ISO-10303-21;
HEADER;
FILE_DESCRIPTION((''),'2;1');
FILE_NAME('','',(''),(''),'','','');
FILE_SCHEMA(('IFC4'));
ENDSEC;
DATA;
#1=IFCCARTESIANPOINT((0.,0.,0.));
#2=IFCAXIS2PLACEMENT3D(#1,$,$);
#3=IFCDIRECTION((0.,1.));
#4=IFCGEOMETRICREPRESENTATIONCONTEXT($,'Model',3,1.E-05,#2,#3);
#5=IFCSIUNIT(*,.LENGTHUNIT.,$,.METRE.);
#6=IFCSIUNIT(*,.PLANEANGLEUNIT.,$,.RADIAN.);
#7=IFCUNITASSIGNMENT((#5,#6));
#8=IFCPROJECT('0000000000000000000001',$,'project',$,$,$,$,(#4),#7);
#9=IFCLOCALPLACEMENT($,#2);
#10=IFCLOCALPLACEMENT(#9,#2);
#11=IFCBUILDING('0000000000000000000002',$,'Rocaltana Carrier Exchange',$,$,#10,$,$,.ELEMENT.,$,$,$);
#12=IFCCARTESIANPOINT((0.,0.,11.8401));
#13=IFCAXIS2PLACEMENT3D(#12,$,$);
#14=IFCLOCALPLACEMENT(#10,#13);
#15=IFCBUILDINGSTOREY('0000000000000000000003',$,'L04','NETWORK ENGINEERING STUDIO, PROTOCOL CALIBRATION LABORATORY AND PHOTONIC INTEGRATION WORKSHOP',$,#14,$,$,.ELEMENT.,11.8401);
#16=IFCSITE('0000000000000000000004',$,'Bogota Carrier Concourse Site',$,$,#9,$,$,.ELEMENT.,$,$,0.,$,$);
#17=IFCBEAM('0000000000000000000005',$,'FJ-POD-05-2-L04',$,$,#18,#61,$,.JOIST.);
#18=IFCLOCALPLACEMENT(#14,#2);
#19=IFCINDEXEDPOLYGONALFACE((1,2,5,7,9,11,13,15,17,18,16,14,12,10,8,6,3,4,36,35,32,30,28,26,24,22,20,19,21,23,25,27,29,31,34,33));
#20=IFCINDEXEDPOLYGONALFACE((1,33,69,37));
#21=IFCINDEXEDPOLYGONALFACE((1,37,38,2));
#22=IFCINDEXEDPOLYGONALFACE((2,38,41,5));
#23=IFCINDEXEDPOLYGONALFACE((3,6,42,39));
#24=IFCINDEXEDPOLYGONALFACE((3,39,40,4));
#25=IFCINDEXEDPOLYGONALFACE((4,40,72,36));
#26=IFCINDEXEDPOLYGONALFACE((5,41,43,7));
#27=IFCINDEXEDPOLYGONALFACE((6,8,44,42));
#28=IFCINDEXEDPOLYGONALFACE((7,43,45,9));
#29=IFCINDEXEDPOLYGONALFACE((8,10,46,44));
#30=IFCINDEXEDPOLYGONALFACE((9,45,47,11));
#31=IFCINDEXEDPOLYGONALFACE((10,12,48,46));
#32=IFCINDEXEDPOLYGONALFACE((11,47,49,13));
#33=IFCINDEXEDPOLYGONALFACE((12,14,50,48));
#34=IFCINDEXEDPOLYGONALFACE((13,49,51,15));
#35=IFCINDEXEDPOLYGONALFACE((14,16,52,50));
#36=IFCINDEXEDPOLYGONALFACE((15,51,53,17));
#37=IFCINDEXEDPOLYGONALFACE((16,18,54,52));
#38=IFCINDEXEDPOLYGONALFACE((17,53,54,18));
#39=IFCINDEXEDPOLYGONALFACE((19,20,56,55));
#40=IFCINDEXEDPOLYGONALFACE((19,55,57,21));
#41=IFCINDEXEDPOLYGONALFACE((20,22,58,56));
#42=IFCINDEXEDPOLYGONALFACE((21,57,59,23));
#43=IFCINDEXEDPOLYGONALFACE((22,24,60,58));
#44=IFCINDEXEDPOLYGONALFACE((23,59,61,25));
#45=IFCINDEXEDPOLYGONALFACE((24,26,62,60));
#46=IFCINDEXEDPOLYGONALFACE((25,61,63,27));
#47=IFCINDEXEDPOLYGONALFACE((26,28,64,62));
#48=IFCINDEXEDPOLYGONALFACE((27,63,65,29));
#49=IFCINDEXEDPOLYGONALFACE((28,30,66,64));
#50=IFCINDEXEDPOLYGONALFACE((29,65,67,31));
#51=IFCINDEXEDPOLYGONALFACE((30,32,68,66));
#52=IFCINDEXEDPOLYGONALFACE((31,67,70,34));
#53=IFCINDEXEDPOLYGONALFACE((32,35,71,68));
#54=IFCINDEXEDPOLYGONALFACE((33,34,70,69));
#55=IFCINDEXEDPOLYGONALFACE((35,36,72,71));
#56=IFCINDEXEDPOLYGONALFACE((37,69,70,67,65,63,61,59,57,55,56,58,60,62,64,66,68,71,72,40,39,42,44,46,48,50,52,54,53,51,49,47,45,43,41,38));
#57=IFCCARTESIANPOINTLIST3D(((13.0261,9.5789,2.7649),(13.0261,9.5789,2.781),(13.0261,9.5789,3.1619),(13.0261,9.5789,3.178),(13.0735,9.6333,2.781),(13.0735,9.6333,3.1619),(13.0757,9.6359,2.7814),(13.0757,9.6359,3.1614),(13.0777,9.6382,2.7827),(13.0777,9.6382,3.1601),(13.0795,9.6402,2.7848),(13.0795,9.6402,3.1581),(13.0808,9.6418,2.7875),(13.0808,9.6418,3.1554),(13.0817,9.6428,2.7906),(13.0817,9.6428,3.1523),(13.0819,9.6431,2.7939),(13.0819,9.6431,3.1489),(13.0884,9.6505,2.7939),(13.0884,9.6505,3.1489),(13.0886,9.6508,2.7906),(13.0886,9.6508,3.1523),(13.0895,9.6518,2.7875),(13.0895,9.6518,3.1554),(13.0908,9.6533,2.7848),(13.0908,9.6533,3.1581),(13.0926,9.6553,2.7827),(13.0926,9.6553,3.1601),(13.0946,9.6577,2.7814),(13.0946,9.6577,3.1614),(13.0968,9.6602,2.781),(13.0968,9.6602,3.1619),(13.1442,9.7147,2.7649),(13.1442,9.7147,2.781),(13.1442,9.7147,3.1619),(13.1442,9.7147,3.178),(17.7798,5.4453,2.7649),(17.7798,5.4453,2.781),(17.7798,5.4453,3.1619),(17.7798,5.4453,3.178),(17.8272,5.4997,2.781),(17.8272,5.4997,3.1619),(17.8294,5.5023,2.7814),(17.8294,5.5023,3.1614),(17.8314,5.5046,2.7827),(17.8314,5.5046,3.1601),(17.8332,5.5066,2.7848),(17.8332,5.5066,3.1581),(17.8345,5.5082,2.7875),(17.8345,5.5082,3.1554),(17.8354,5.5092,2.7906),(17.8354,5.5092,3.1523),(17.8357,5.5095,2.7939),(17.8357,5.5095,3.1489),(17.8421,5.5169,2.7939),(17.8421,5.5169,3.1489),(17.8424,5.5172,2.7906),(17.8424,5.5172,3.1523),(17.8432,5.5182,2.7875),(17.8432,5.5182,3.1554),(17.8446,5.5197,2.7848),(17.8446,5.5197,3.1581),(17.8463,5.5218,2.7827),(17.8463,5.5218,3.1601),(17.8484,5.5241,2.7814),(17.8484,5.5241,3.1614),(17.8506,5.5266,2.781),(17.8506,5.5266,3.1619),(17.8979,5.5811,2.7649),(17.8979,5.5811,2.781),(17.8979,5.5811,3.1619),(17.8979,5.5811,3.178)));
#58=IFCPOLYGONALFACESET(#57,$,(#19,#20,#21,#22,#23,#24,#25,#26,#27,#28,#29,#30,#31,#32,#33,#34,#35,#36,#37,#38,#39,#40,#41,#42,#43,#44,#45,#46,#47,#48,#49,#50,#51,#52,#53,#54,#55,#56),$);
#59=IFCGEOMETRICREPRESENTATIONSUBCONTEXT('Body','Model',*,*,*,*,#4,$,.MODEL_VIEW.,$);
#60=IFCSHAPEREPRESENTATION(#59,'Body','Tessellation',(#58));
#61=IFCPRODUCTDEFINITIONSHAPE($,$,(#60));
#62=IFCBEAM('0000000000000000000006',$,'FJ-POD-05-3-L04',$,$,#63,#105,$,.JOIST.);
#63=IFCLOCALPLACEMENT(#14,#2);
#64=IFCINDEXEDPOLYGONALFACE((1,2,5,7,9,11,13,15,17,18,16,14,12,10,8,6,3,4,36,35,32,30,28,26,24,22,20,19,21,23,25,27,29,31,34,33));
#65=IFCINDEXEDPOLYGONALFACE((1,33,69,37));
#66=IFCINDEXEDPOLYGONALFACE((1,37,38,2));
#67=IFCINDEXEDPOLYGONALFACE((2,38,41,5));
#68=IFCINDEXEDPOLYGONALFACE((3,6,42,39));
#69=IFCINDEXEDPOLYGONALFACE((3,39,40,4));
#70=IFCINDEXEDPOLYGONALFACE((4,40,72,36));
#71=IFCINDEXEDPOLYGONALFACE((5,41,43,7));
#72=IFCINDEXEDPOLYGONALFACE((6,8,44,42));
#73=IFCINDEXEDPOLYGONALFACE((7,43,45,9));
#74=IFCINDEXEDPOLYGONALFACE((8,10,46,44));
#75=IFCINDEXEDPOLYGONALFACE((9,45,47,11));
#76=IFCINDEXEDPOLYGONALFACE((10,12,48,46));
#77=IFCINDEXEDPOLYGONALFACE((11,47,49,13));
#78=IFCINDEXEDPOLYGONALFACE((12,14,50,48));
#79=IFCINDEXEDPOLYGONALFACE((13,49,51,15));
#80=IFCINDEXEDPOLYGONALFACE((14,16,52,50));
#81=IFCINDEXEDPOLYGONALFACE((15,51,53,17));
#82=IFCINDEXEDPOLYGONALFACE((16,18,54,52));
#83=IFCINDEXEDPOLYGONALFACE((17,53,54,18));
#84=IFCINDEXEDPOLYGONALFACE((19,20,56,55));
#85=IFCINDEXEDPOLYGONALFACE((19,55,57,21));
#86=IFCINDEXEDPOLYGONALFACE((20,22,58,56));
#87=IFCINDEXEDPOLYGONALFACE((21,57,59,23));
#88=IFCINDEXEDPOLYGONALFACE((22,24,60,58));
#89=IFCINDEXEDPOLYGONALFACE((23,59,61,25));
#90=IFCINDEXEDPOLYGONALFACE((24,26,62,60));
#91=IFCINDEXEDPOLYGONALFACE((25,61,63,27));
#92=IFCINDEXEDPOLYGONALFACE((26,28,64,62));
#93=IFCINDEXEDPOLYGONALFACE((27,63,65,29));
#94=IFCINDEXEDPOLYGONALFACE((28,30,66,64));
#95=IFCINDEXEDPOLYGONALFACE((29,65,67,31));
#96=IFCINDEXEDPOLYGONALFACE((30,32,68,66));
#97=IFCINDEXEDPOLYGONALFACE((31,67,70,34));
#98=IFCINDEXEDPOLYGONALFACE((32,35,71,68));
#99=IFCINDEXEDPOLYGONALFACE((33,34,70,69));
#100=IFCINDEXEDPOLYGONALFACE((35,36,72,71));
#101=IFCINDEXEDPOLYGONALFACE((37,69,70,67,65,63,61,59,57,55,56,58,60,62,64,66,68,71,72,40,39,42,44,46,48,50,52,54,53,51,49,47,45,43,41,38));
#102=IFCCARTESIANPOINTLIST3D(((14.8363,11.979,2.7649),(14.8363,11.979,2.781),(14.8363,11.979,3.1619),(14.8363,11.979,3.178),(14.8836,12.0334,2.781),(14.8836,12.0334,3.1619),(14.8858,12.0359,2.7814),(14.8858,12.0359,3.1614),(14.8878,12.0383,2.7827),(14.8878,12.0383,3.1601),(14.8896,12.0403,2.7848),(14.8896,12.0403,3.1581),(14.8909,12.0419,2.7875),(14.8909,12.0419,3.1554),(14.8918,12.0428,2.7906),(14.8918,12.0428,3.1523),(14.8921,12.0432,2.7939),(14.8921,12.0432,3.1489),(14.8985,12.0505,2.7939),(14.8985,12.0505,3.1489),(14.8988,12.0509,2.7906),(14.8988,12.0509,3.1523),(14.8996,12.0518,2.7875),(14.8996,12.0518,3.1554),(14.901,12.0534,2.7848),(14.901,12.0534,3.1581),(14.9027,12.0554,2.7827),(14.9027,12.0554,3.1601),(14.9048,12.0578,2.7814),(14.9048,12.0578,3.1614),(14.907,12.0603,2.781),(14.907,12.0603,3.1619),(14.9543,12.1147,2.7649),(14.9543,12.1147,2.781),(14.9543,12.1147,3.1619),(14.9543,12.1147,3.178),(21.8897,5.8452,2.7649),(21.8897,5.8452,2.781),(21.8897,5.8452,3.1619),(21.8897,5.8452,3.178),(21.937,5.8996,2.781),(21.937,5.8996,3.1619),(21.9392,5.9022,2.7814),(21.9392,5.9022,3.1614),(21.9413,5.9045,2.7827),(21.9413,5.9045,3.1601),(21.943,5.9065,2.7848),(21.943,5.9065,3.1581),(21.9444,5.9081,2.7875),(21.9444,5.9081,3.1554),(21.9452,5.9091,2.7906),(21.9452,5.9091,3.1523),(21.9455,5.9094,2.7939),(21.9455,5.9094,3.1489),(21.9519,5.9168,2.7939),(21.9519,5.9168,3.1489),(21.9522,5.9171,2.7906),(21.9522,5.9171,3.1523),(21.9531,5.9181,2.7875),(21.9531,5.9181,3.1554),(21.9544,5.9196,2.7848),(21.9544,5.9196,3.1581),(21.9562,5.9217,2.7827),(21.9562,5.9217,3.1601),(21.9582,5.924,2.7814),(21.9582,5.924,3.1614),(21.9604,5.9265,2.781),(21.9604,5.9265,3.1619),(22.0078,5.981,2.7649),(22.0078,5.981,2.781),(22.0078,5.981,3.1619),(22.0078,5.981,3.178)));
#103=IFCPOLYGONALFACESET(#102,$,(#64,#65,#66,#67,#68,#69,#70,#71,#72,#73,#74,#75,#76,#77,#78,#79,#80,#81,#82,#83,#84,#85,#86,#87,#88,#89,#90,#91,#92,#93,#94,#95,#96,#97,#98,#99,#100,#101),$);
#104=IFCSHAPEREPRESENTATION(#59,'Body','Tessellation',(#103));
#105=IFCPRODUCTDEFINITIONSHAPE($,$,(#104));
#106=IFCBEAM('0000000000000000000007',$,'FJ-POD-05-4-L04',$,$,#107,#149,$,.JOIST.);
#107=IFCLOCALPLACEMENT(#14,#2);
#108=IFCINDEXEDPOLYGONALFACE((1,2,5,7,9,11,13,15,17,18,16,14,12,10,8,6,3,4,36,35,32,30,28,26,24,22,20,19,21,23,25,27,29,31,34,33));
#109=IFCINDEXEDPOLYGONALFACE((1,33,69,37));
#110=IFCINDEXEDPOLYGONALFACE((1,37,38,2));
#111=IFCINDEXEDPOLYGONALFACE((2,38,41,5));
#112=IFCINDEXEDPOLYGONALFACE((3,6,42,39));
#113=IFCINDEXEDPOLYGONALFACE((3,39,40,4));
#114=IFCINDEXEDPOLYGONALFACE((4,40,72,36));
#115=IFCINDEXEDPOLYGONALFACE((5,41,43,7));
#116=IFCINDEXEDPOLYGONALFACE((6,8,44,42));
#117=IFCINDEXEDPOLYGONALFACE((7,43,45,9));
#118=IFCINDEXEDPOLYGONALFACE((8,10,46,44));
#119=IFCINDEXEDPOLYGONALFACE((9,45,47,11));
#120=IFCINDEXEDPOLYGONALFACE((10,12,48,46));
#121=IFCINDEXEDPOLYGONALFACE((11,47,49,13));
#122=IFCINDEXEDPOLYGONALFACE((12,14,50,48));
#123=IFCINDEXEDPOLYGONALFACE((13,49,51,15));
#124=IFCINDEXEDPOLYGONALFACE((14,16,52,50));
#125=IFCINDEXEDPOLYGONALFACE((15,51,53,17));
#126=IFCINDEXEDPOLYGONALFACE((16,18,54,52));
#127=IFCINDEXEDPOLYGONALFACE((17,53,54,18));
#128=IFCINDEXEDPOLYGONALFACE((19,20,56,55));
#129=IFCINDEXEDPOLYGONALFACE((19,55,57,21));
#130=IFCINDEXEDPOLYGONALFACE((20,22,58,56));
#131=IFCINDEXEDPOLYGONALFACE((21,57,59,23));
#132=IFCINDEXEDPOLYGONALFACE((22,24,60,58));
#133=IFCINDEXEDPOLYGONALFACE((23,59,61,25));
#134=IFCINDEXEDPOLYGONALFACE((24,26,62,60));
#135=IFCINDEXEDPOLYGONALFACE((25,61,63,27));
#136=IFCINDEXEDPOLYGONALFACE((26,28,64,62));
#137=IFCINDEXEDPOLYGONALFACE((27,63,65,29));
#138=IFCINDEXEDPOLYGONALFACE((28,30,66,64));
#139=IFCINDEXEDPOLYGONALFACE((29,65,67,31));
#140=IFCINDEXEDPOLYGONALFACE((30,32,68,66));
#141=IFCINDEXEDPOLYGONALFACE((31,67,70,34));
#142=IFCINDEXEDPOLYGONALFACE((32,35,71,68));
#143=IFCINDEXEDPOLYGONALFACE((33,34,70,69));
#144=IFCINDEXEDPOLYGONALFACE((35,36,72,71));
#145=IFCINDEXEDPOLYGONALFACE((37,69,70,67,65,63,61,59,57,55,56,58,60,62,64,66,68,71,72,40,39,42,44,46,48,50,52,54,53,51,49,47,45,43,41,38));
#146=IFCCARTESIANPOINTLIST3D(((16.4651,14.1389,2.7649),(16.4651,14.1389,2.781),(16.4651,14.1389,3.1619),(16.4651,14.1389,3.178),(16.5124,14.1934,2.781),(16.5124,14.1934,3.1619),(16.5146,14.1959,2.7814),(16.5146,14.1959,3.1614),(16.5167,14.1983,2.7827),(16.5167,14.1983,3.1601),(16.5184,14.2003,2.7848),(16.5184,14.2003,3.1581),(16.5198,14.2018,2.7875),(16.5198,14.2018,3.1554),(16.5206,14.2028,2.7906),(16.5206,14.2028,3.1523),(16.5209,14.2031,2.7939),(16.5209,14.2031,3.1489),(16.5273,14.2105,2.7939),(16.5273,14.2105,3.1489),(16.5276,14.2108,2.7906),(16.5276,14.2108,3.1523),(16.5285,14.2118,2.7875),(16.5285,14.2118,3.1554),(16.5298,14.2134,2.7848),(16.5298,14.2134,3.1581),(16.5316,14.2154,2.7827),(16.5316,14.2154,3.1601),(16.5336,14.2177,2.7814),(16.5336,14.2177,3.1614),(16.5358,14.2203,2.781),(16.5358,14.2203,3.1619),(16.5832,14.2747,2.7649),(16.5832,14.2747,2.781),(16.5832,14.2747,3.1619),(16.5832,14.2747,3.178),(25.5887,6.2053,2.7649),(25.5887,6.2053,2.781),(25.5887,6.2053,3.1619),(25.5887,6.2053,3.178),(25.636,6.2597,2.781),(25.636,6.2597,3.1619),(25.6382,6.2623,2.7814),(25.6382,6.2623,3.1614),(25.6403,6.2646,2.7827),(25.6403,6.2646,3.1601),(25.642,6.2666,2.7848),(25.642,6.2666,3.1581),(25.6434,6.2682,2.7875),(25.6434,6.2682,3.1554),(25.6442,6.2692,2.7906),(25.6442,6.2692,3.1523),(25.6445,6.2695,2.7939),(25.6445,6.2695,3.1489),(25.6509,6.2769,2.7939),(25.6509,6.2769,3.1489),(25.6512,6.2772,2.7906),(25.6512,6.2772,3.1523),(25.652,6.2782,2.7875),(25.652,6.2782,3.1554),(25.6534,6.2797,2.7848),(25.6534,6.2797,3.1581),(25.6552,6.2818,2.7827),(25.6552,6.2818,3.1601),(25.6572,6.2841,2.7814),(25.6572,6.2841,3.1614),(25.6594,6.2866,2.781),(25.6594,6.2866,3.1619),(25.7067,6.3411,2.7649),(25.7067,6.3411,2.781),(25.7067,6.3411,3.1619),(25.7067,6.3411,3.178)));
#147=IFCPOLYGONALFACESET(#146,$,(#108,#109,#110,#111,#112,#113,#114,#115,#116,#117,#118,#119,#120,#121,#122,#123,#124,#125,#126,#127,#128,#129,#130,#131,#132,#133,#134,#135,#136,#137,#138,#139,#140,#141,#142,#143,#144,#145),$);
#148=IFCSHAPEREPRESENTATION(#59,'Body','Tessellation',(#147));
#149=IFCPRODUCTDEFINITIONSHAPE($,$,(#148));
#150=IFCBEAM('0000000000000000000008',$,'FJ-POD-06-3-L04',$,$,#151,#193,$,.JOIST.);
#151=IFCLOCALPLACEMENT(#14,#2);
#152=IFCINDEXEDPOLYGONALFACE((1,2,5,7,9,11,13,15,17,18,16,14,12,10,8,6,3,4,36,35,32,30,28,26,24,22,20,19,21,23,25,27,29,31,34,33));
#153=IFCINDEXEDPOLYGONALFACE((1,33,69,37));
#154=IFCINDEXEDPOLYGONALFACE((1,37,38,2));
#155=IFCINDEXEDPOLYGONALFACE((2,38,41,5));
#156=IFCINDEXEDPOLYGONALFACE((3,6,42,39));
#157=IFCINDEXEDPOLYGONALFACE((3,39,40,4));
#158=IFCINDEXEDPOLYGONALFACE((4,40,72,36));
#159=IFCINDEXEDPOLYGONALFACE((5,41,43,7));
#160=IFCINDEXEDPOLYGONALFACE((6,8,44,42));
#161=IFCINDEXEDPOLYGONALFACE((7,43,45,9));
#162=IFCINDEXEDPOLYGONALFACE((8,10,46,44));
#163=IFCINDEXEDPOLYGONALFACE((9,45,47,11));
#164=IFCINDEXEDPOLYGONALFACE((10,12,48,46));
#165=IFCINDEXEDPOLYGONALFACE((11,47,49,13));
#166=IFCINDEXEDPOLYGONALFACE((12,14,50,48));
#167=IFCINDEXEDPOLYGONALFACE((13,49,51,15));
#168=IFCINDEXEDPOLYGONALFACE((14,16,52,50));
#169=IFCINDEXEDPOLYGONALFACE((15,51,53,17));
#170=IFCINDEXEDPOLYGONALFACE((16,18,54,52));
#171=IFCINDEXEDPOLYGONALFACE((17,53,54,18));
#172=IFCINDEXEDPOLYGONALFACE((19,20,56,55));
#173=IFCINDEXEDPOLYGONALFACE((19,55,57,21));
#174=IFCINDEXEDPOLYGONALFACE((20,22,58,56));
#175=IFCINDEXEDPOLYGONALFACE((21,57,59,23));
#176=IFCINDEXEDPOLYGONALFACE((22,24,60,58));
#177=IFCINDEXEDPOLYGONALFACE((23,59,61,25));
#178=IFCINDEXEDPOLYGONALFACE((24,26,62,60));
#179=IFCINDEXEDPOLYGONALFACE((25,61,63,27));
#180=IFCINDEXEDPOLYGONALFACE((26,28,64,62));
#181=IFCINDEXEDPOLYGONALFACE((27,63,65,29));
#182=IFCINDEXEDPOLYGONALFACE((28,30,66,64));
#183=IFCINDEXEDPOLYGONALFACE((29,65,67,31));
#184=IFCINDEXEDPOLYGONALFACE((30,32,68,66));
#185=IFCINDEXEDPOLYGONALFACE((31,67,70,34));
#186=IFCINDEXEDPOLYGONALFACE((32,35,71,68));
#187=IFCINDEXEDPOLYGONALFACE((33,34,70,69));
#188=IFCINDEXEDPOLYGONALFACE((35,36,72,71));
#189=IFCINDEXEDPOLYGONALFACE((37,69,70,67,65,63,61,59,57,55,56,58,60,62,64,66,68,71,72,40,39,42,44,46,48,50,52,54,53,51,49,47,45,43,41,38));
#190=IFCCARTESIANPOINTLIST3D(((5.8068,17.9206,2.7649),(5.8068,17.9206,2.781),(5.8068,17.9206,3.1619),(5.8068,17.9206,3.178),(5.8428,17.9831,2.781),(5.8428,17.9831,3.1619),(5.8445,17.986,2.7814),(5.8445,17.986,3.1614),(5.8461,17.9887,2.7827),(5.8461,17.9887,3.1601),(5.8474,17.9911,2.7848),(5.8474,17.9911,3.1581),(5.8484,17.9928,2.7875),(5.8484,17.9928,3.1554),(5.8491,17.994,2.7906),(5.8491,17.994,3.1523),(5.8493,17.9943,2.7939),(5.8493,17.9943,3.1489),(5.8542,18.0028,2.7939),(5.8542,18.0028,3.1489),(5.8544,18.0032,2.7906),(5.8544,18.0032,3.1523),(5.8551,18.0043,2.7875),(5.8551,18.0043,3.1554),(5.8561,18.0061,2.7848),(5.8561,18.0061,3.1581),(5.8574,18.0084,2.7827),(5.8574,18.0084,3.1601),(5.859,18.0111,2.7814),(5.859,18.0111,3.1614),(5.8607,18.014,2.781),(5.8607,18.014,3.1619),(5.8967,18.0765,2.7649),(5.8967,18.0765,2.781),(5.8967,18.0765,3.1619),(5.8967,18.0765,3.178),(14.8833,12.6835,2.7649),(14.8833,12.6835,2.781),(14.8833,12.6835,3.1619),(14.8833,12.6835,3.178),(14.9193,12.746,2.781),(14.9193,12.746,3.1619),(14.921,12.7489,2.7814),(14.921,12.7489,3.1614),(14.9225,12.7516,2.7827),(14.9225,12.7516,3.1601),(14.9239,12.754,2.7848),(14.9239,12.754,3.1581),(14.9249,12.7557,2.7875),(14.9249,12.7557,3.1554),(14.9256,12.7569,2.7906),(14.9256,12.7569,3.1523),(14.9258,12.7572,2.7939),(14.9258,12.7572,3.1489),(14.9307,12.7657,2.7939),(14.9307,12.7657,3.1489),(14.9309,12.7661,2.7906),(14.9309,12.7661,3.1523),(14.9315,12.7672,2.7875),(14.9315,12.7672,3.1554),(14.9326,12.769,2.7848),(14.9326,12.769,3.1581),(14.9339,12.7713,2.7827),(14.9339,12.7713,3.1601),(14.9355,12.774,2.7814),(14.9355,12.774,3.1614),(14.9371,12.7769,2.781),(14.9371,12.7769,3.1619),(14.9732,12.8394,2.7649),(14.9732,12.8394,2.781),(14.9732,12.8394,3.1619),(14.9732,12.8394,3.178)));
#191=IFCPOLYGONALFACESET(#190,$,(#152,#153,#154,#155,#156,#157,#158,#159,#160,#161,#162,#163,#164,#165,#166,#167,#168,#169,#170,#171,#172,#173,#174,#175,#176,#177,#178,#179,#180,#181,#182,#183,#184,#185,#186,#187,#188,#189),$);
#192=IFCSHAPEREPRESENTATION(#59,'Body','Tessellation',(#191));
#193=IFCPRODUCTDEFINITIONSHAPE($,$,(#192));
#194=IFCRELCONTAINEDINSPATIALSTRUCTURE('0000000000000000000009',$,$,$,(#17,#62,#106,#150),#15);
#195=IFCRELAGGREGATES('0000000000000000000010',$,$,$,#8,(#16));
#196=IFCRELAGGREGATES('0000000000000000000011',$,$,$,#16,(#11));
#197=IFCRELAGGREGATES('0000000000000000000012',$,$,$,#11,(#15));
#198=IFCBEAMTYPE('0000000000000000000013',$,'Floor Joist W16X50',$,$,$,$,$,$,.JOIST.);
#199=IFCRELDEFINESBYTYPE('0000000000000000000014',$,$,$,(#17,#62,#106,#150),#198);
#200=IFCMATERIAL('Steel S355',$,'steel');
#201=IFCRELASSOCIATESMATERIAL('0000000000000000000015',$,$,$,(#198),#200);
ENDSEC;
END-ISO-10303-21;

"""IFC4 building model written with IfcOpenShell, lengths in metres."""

from ifc_helpers import new_model, si_unit, direction, frame, origin, origin_2d, place, context, subcontext, project, spatial, i_section, extrude, material, material_profile, profile_set, type_object, element, save


model = new_model("IFC4")

# Units and contexts
model_context = context("Model", 3, precision=1e-05, world=origin(), true_north=direction((0.0, 1.0)))
body_context = subcontext(model_context, "Body", "Model", "MODEL_VIEW")
ifc_project = project(units=[si_unit("LENGTHUNIT", "METRE"), si_unit("PLANEANGLEUNIT", "RADIAN")], contexts=[model_context])

# Site, building, storey
site_placement = place(None, origin())
site = spatial("IfcSite", under=ifc_project, at=site_placement, Name="Bogota Carrier Concourse Site", CompositionType="ELEMENT", RefElevation=0.0)
building_placement = place(site_placement, origin())
building = spatial("IfcBuilding", under=site, at=building_placement, Name="Rocaltana Carrier Exchange", CompositionType="ELEMENT")
storey_placement = place(building_placement, frame((0.0, 0.0, 11.8401)))
storey = spatial("IfcBuildingStorey", under=building, at=storey_placement, Name="L04", Description="NETWORK ENGINEERING STUDIO, PROTOCOL CALIBRATION LABORATORY AND PHOTONIC INTEGRATION WORKSHOP", CompositionType="ELEMENT", Elevation=11.8401)

# Beams
ifc_material_1 = material(Name="Steel S355", Category="steel")
ifc_material_profile_1 = material_profile(ifc_material_1, i_section(OverallWidth=0.1799, OverallDepth=0.4131, WebThickness=0.0098, FlangeThickness=0.0161, FilletRadius=0.0129, at=origin_2d()), Name="W16X50")
ifc_profile_set_1 = profile_set([ifc_material_profile_1], Name="Steel S355")
beam_type_1 = type_object("IfcBeamType", Name="Floor Joist W16X50", PredefinedType="JOIST", material=ifc_profile_set_1)
beam_1_placement = place(storey_placement, frame((17.8389, 5.5132, 2.9714), z_axis=(-0.754611, 0.656172, 0.0), x_axis=(-0.656172, -0.754611, 0.0)))
element("IfcBeam", 1, at=beam_1_placement, inside=storey, type_object=beam_type_1, Name="FJ-POD-05-2-L04", PredefinedType="JOIST", context=body_context, shape_type="SweptSolid", body=[
    extrude(i_section(OverallWidth=0.1799, OverallDepth=0.4131, WebThickness=0.0098, FlangeThickness=0.0161, FilletRadius=0.0129, at=origin_2d()), origin(), (0.0, 0.0, 1.0), 6.2996),
])
beam_2_placement = place(storey_placement, frame((21.9487, 5.9131, 2.9714), z_axis=(-0.754588, 0.656199, 0.0), x_axis=(-0.656199, -0.754588, 0.0)))
element("IfcBeam", 2, at=beam_2_placement, inside=storey, type_object=beam_type_1, Name="FJ-POD-05-3-L04", PredefinedType="JOIST", context=body_context, shape_type="SweptSolid", body=[
    extrude(i_section(OverallWidth=0.1799, OverallDepth=0.4131, WebThickness=0.0098, FlangeThickness=0.0161, FilletRadius=0.0129, at=origin_2d()), origin(), (0.0, 0.0, 1.0), 9.3474),
])
beam_3_placement = place(storey_placement, frame((25.6477, 6.2732, 2.9714), z_axis=(-0.754602, 0.656183, 0.0), x_axis=(-0.656183, -0.754602, 0.0)))
element("IfcBeam", 3, at=beam_3_placement, inside=storey, type_object=beam_type_1, Name="FJ-POD-05-4-L04", PredefinedType="JOIST", context=body_context, shape_type="SweptSolid", body=[
    extrude(i_section(OverallWidth=0.1799, OverallDepth=0.4131, WebThickness=0.0098, FlangeThickness=0.0161, FilletRadius=0.0129, at=origin_2d()), origin(), (0.0, 0.0, 1.0), 12.0906),
])
beam_4_placement = place(storey_placement, frame((14.9282, 12.7615, 2.9714), z_axis=(-0.866158, 0.49977, 0.0), x_axis=(-0.49977, -0.866158, 0.0)))
element("IfcBeam", 4, at=beam_4_placement, inside=storey, type_object=beam_type_1, Name="FJ-POD-06-3-L04", PredefinedType="JOIST", context=body_context, shape_type="SweptSolid", body=[
    extrude(i_section(OverallWidth=0.1799, OverallDepth=0.4131, WebThickness=0.0098, FlangeThickness=0.0161, FilletRadius=0.0129, at=origin_2d()), origin(), (0.0, 0.0, 1.0), 10.479),
])

save(model, "model.ifc")
